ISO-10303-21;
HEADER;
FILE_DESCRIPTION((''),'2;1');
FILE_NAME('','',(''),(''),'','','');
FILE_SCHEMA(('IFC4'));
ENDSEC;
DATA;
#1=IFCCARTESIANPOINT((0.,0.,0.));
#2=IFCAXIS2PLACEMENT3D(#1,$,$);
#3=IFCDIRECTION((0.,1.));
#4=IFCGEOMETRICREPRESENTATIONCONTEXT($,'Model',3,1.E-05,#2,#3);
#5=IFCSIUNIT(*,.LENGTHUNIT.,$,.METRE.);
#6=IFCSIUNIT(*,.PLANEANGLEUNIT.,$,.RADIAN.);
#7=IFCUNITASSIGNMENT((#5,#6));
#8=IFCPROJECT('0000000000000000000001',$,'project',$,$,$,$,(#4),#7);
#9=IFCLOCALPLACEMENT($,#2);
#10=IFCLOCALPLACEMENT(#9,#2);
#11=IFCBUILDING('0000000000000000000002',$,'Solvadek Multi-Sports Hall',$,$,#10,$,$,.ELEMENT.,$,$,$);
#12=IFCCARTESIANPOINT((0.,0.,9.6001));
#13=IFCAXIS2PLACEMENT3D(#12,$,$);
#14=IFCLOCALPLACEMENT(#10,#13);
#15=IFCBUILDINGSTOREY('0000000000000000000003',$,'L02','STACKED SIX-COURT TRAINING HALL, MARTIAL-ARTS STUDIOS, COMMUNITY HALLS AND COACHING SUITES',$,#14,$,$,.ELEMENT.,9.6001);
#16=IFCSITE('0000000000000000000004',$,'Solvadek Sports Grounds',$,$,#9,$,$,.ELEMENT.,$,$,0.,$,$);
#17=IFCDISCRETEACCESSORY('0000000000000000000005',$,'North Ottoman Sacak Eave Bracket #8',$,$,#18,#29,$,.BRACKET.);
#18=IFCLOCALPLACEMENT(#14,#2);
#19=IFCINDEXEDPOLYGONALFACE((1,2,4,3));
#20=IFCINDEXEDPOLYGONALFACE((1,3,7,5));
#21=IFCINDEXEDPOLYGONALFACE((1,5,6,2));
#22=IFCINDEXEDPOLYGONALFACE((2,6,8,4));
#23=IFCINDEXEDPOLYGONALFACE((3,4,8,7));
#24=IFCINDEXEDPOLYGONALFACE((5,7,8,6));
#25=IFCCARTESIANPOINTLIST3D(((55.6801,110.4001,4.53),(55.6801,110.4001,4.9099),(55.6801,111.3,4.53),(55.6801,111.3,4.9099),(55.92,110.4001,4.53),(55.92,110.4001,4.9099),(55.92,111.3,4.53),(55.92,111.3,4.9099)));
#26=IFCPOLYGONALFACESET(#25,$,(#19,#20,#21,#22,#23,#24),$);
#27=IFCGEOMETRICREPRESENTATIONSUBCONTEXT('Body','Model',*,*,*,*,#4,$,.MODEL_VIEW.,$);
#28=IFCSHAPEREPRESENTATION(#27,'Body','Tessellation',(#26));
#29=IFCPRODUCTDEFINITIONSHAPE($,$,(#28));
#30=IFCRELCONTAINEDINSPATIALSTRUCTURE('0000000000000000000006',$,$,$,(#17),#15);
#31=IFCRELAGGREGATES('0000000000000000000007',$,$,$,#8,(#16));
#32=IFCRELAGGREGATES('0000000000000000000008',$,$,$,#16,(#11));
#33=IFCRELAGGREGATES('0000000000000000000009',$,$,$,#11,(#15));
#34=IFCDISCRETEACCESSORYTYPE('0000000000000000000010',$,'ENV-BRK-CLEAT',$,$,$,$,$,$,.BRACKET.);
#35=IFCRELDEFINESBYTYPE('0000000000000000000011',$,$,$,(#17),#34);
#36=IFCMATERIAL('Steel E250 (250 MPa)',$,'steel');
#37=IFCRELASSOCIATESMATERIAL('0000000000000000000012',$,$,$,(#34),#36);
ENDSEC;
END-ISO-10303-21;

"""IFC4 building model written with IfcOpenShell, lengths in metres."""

from ifc_helpers import new_model, si_unit, direction, frame, origin, origin_2d, place, context, subcontext, project, spatial, rectangle, extrude, material, type_object, element, save


model = new_model("IFC4")

# Units and contexts
model_context = context("Model", 3, precision=1e-05, world=origin(), true_north=direction((0.0, 1.0)))
body_context = subcontext(model_context, "Body", "Model", "MODEL_VIEW")
ifc_project = project(units=[si_unit("LENGTHUNIT", "METRE"), si_unit("PLANEANGLEUNIT", "RADIAN")], contexts=[model_context])

# Site, building, storey
site_placement = place(None, origin())
site = spatial("IfcSite", under=ifc_project, at=site_placement, Name="Solvadek Sports Grounds", CompositionType="ELEMENT", RefElevation=0.0)
building_placement = place(site_placement, origin())
building = spatial("IfcBuilding", under=site, at=building_placement, Name="Solvadek Multi-Sports Hall", CompositionType="ELEMENT")
storey_placement = place(building_placement, frame((0.0, 0.0, 9.6001)))
storey = spatial("IfcBuildingStorey", under=building, at=storey_placement, Name="L02", Description="STACKED SIX-COURT TRAINING HALL, MARTIAL-ARTS STUDIOS, COMMUNITY HALLS AND COACHING SUITES", CompositionType="ELEMENT", Elevation=9.6001)

# Shared definitions
ifc_material_1 = material(Name="Steel E250 (250 MPa)", Category="steel")

# Discrete accessory
discrete_accessory_type = type_object("IfcDiscreteAccessoryType", Name="ENV-BRK-CLEAT", PredefinedType="BRACKET", material=ifc_material_1)
for number, where, z_axis, x_axis, name in (
    (1, (55.8, 110.8501, 4.53), (0.0, 0.0, 1.0), (1.0, 0.0, 0.0), "North Ottoman Sacak Eave Bracket #8"),
):
    element("IfcDiscreteAccessory", number, at=place(storey_placement, frame(where, z_axis=z_axis, x_axis=x_axis)), inside=storey, type_object=discrete_accessory_type, Name=name, PredefinedType="BRACKET", context=body_context, shape_type="SweptSolid", body=[
        extrude(rectangle(XDim=0.24, YDim=0.8999, at=origin_2d()), origin(), (0.0, 0.0, 1.0), 0.3799),
    ])

save(model, "model.ifc")
